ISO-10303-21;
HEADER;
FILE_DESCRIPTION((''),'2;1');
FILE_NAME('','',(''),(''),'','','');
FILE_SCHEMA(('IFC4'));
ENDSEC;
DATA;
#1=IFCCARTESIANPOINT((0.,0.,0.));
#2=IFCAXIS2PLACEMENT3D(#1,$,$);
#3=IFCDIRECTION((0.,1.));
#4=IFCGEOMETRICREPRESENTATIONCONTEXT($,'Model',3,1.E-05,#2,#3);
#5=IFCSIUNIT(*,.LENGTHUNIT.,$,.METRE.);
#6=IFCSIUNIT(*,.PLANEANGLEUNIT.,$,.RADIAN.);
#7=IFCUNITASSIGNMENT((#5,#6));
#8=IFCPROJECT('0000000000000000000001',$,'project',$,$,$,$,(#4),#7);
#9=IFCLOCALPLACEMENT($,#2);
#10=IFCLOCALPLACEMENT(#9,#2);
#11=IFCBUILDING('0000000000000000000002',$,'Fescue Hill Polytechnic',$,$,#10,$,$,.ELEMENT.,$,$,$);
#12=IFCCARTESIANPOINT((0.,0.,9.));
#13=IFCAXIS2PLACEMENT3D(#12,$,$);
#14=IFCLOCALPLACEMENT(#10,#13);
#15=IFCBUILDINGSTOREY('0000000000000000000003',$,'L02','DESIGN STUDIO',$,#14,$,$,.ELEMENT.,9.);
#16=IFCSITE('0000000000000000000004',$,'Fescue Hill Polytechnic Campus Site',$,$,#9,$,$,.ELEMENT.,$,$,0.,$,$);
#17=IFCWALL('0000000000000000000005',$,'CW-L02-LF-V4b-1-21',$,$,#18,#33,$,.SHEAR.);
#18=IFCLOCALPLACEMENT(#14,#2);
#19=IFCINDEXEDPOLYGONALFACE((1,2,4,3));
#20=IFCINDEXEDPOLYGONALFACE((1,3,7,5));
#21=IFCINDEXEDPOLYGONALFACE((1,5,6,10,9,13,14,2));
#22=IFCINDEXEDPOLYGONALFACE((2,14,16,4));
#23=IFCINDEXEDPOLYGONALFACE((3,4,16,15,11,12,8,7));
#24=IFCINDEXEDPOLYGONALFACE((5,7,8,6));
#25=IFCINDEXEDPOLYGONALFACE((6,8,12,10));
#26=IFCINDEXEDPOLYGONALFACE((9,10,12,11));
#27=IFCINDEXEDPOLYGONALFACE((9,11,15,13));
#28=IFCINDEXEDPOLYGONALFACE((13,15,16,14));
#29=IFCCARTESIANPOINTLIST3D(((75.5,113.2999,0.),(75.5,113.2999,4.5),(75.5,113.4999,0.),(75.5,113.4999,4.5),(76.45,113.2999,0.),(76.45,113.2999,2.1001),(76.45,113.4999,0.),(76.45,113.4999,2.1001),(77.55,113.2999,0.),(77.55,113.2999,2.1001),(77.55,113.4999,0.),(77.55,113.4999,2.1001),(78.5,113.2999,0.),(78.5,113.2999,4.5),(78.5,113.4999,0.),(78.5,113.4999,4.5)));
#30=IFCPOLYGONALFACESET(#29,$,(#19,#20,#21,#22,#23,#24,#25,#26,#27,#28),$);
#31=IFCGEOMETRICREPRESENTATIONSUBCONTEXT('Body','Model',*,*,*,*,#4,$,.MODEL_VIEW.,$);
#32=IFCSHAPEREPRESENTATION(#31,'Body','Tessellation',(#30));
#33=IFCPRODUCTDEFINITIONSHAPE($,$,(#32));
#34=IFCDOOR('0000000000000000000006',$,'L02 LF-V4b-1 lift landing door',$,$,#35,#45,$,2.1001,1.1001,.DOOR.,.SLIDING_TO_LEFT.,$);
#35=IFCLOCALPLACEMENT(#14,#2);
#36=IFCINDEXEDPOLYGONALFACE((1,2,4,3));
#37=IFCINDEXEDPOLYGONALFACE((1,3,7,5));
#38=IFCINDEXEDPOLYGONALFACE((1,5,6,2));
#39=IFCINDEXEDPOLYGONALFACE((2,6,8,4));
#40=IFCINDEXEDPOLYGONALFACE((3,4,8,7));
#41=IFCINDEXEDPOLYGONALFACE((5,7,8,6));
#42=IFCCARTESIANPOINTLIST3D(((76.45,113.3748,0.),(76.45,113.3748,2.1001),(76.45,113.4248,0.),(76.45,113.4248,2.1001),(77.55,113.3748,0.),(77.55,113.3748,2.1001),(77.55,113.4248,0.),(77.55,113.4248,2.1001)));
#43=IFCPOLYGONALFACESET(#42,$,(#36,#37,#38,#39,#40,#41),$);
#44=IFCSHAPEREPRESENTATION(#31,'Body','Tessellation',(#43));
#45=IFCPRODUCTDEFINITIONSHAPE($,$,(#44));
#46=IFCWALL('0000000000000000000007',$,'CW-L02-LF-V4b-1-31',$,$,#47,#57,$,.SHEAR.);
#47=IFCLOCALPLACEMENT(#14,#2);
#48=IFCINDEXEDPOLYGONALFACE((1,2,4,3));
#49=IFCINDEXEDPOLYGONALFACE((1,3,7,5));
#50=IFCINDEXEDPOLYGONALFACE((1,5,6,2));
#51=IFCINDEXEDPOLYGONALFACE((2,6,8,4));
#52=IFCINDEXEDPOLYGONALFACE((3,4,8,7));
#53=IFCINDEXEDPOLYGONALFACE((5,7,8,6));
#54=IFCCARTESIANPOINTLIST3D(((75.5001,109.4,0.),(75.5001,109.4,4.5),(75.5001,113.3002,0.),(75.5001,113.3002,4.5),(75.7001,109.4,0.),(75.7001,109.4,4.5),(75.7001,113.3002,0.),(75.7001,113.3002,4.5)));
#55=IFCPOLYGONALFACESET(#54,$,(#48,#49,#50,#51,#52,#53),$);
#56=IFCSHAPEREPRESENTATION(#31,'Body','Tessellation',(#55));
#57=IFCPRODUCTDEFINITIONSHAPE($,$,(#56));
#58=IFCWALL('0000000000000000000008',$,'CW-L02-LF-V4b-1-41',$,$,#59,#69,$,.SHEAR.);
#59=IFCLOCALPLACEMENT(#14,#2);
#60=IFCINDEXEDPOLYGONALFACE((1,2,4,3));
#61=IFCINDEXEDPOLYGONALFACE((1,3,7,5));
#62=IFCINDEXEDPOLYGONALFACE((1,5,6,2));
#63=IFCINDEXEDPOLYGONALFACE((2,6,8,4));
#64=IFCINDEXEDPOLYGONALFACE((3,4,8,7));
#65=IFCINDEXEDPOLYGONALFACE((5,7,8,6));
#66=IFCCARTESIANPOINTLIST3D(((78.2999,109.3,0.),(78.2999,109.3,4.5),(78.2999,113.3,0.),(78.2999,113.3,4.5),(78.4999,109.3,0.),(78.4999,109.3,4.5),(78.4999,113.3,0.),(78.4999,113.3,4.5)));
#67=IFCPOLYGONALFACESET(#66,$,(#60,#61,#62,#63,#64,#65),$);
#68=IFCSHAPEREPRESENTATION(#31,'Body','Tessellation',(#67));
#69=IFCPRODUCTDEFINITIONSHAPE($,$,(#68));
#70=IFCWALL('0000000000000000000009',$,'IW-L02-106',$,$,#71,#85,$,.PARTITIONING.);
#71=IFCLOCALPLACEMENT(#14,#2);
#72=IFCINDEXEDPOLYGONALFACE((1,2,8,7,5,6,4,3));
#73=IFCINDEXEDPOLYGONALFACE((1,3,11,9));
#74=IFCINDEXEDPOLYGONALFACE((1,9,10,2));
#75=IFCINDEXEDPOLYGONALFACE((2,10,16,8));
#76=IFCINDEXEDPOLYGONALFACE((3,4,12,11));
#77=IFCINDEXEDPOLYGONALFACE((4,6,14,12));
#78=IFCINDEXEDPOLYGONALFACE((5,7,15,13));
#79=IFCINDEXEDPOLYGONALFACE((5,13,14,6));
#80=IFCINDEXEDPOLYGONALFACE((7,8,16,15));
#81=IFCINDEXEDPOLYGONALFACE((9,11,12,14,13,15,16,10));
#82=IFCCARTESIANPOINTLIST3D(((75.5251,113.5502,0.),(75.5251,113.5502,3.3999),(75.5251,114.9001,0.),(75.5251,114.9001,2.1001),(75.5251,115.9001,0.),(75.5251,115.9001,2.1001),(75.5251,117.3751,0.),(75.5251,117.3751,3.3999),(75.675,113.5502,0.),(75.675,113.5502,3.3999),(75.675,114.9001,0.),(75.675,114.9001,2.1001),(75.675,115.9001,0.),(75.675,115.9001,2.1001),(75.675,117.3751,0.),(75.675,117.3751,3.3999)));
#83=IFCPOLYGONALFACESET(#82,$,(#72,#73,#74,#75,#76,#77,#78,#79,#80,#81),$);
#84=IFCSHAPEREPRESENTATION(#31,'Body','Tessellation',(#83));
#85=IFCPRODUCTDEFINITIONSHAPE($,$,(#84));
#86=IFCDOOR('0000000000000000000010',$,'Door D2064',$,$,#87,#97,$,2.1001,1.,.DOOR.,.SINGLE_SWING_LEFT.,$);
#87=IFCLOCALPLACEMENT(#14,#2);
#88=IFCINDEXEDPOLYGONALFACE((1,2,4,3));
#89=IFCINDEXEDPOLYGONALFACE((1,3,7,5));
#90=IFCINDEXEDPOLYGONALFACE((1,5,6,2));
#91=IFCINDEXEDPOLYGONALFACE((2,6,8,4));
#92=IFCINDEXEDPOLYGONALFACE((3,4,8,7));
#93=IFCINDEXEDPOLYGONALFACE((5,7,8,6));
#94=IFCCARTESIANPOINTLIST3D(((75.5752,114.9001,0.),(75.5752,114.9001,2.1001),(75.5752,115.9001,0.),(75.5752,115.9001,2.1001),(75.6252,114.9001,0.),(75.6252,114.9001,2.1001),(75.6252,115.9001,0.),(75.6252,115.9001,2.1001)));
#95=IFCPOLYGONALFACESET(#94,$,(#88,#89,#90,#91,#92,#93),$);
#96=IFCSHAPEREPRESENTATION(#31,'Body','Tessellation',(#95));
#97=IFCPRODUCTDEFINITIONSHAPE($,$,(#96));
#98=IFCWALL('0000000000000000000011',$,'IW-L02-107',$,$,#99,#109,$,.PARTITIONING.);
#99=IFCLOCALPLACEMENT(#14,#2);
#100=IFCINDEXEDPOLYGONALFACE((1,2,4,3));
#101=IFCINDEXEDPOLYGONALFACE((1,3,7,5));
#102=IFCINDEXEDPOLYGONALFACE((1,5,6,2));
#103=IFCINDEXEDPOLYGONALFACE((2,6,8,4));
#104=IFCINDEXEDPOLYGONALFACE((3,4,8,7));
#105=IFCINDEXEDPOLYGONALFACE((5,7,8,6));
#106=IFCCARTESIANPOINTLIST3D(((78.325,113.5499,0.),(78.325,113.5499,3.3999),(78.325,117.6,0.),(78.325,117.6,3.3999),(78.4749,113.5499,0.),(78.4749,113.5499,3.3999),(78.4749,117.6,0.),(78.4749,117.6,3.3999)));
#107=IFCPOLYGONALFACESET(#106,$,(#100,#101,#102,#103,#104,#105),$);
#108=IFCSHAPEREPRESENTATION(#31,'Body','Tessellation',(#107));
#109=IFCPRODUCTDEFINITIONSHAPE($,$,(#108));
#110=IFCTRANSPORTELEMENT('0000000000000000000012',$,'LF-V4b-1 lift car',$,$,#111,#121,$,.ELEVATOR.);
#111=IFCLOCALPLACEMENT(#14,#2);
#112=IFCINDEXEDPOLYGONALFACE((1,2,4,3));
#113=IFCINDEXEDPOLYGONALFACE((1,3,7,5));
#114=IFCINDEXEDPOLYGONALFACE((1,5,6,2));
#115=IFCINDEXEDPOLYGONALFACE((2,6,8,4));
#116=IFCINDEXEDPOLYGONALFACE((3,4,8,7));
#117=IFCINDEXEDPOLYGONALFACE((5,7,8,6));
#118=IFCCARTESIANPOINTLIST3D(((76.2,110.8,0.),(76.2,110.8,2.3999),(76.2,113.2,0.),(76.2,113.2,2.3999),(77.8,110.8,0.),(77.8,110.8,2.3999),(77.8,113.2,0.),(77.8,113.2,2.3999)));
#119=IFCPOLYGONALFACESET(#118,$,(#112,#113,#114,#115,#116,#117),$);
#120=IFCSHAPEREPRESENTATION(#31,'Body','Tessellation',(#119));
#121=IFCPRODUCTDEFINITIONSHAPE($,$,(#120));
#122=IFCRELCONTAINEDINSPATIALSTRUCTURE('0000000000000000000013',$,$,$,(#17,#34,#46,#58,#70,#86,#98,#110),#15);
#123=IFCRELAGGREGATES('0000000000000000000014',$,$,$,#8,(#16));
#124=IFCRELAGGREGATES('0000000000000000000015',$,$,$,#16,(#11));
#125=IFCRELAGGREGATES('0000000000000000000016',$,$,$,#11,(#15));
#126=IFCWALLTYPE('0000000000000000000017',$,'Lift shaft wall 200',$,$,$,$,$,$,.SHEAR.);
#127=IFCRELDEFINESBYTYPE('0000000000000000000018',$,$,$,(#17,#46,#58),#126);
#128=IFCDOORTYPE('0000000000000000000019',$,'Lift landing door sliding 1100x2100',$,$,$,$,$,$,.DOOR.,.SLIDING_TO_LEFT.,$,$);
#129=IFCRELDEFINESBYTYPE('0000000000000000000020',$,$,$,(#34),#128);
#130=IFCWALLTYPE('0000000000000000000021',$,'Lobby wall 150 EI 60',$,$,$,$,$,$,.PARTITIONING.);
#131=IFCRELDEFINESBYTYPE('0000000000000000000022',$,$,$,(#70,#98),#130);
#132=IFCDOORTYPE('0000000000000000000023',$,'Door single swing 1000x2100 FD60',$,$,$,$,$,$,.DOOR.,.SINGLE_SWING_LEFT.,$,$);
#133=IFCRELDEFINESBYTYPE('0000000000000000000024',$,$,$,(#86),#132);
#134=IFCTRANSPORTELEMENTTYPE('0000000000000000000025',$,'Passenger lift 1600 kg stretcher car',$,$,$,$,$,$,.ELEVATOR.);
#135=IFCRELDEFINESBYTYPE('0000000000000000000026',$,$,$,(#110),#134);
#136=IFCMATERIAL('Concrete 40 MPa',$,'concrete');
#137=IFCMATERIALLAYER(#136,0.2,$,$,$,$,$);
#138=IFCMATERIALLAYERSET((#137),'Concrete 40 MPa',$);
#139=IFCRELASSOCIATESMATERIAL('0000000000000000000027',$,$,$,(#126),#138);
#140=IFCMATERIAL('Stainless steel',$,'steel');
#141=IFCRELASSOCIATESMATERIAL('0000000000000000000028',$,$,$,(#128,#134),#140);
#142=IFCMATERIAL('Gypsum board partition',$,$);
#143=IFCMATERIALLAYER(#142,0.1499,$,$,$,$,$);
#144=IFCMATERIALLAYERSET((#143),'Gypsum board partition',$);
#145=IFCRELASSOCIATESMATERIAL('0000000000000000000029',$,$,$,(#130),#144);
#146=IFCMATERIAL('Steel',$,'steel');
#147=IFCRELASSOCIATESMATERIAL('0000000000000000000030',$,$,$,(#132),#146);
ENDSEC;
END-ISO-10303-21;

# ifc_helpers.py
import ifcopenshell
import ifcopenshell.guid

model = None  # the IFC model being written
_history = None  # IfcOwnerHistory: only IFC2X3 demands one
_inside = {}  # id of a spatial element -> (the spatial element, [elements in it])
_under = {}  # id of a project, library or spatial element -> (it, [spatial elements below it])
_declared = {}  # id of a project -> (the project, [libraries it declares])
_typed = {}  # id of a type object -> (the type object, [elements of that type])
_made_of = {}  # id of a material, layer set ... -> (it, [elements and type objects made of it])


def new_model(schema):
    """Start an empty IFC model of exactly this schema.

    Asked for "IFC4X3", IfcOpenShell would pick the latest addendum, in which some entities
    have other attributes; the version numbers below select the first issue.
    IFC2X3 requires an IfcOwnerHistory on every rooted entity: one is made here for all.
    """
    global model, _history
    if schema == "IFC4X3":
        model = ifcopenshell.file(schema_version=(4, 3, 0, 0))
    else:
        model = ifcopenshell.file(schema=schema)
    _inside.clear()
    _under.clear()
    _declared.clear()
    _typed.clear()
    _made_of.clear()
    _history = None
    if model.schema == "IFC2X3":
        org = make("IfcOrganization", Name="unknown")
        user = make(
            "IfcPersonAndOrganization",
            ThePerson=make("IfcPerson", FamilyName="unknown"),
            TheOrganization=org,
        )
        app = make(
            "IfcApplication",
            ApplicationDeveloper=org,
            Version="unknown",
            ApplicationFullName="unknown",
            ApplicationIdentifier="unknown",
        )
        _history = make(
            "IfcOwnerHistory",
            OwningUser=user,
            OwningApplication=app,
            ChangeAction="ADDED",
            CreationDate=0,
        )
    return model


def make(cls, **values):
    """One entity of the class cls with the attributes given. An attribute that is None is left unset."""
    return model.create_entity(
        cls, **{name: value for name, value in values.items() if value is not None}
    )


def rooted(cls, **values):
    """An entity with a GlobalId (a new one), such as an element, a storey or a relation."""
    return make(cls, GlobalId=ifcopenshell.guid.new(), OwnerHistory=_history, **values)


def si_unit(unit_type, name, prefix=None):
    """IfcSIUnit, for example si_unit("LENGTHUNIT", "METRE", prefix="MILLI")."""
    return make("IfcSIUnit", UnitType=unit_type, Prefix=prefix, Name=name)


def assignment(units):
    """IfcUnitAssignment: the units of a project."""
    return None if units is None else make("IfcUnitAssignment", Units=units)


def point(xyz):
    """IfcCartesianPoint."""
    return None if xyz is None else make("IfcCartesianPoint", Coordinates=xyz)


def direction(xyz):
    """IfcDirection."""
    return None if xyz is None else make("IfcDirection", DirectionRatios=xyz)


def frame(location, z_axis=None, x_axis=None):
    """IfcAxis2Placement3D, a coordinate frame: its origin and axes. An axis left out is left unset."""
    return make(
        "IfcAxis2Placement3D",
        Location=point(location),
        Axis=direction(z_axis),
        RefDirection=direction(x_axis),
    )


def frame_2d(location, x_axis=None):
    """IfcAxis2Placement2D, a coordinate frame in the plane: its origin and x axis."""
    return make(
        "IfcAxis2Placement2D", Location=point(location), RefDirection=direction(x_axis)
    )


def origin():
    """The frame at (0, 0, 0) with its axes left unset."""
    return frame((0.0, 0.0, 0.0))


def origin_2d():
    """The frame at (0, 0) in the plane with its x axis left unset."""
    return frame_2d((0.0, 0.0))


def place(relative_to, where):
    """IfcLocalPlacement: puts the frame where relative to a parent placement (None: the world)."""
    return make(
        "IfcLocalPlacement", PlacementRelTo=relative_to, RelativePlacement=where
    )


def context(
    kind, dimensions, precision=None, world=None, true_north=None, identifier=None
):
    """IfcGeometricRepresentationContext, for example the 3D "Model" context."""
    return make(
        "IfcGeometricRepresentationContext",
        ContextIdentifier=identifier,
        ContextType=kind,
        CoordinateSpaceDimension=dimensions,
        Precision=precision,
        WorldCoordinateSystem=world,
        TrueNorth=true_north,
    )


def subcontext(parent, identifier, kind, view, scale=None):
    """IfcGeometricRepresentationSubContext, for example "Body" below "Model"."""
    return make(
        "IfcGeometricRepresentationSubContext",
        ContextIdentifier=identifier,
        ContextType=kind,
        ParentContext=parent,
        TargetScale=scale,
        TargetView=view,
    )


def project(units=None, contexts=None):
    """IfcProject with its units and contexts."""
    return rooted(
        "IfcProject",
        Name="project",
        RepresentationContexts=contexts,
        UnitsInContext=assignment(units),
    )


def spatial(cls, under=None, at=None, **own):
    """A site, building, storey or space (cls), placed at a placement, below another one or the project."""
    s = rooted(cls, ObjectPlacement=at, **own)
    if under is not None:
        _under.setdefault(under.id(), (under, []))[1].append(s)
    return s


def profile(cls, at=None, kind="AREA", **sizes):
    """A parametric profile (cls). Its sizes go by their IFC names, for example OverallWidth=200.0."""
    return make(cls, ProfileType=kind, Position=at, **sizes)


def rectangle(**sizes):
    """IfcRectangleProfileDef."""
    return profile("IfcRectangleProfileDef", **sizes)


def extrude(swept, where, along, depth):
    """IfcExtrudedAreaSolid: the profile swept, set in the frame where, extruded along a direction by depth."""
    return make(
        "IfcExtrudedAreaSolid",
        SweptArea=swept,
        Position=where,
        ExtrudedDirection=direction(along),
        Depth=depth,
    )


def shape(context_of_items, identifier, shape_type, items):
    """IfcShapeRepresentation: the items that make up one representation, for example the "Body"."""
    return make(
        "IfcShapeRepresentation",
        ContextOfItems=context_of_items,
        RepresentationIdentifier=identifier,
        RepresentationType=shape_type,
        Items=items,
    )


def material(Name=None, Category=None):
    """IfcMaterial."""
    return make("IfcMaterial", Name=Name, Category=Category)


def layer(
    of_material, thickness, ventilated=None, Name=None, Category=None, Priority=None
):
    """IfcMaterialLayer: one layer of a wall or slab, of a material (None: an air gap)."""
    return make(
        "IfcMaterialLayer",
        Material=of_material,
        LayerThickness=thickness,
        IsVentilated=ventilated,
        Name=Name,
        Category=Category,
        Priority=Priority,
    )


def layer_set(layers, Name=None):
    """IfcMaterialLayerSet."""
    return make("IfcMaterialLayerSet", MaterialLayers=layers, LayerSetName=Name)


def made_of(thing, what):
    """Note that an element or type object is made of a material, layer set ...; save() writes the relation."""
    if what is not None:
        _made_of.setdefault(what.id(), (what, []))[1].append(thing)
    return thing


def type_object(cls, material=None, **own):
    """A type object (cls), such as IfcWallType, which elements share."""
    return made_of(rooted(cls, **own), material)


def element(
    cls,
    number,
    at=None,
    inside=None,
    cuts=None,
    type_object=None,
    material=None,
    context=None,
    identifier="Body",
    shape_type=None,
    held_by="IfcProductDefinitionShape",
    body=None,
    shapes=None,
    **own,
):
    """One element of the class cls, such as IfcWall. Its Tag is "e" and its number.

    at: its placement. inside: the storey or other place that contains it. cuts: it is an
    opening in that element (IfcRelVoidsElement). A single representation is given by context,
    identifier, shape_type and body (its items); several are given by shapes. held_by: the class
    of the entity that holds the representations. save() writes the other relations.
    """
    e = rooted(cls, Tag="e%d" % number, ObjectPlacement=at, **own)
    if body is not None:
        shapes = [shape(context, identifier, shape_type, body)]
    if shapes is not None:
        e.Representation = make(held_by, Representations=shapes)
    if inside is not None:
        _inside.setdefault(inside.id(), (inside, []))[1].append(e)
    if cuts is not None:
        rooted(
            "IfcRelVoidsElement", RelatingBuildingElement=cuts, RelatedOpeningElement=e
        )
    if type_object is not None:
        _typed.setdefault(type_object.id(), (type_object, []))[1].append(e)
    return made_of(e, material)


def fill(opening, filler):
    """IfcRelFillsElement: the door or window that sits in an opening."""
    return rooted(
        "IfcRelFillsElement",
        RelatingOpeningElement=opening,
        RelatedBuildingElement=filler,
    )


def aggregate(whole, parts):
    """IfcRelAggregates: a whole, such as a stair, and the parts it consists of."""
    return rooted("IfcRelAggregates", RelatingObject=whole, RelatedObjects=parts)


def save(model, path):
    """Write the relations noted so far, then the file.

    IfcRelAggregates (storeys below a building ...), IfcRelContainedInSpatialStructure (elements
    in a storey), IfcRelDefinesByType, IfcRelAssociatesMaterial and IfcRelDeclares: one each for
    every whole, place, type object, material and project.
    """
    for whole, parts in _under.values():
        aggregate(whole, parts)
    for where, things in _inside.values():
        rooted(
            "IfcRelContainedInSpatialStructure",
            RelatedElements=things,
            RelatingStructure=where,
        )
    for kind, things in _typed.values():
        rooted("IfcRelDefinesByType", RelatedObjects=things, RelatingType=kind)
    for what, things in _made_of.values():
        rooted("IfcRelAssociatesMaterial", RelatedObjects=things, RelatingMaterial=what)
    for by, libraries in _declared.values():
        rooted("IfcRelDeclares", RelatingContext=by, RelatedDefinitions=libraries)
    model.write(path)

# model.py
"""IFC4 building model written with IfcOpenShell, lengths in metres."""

from ifc_helpers import new_model, si_unit, direction, frame, frame_2d, origin, origin_2d, place, context, subcontext, project, spatial, rectangle, extrude, material, layer, layer_set, type_object, element, fill, save


model = new_model("IFC4")

# Units and contexts
model_context = context("Model", 3, precision=1e-05, world=origin(), true_north=direction((0.0, 1.0)))
body_context = subcontext(model_context, "Body", "Model", "MODEL_VIEW")
ifc_project = project(units=[si_unit("LENGTHUNIT", "METRE"), si_unit("PLANEANGLEUNIT", "RADIAN")], contexts=[model_context])

# Site, building, storey
site_placement = place(None, origin())
site = spatial("IfcSite", under=ifc_project, at=site_placement, Name="Fescue Hill Polytechnic Campus Site", CompositionType="ELEMENT", RefElevation=0.0)
building_placement = place(site_placement, origin())
building = spatial("IfcBuilding", under=site, at=building_placement, Name="Fescue Hill Polytechnic", CompositionType="ELEMENT")
storey_placement = place(building_placement, frame((0.0, 0.0, 9.0)))
storey = spatial("IfcBuildingStorey", under=building, at=storey_placement, Name="L02", Description="DESIGN STUDIO", CompositionType="ELEMENT", Elevation=9.0)

# Shared definitions
ifc_material_1 = material(Name="Concrete 40 MPa", Category="concrete")

# Shared definitions
ifc_material_2 = material(Name="Gypsum board partition")

# Wall, opening, door
ifc_layer_1 = layer(ifc_material_1, 0.2)
ifc_layer_set_1 = layer_set([ifc_layer_1], Name="Concrete 40 MPa")
wall_type_1 = type_object("IfcWallType", Name="Lift shaft wall 200", PredefinedType="SHEAR", material=ifc_layer_set_1)
wall_1_placement = place(storey_placement, frame((75.5, 113.3999, 0.0), z_axis=(0.0, 0.0, 1.0), x_axis=(1.0, 0.0, 0.0)))
wall_1 = element("IfcWall", 1, at=wall_1_placement, inside=storey, type_object=wall_type_1, Name="CW-L02-LF-V4b-1-21", PredefinedType="SHEAR", context=body_context, shape_type="SweptSolid", body=[
    extrude(rectangle(XDim=3.0, YDim=0.2, at=frame_2d((1.5, 0.0))), origin(), (0.0, 0.0, 1.0), 4.5),
])
opening_1_placement = place(wall_1_placement, frame((0.95, 0.0, 0.0)))
opening_1 = element("IfcOpeningElement", 2, at=opening_1_placement, cuts=wall_1, PredefinedType="OPENING", context=body_context, shape_type="SweptSolid", body=[
    extrude(rectangle(XDim=1.1001, YDim=2.1001, at=frame_2d((0.55, 1.05))), frame((0.0, 0.1099, 0.0), z_axis=(0.0, -1.0, 0.0), x_axis=(1.0, 0.0, 0.0)), (0.0, 0.0, 1.0), 0.22),
])
ifc_material_3 = material(Name="Stainless steel", Category="steel")
door_type_1 = type_object("IfcDoorType", Name="Lift landing door sliding 1100x2100", OperationType="SLIDING_TO_LEFT", PredefinedType="DOOR", material=ifc_material_3)
door_1_placement = place(opening_1_placement, origin())
door_1 = element("IfcDoor", 3, at=door_1_placement, inside=storey, type_object=door_type_1, Name="L02 LF-V4b-1 lift landing door", OperationType="SLIDING_TO_LEFT", OverallHeight=2.1001, OverallWidth=1.1001, PredefinedType="DOOR", context=body_context, shape_type="SweptSolid", body=[
    extrude(rectangle(XDim=1.1001, YDim=2.1001, at=frame_2d((0.55, 1.05))), frame((0.0, 0.0249, 0.0), z_axis=(0.0, -1.0, 0.0), x_axis=(1.0, 0.0, 0.0)), (0.0, 0.0, 1.0), 0.05),
])
fill(opening_1, door_1)

# Walls
wall_2_placement = place(storey_placement, frame((75.6001, 109.3999, 0.0), z_axis=(0.0, 0.0, 1.0), x_axis=(0.0, 1.0, 0.0)))
element("IfcWall", 4, at=wall_2_placement, inside=storey, type_object=wall_type_1, Name="CW-L02-LF-V4b-1-31", PredefinedType="SHEAR", context=body_context, shape_type="SweptSolid", body=[
    extrude(rectangle(XDim=3.9001, YDim=0.2, at=frame_2d((1.9502, 0.0))), origin(), (0.0, 0.0, 1.0), 4.5),
])
wall_3_placement = place(storey_placement, frame((78.3999, 109.3, 0.0), z_axis=(0.0, 0.0, 1.0), x_axis=(0.0, 1.0, 0.0)))
element("IfcWall", 5, at=wall_3_placement, inside=storey, type_object=wall_type_1, Name="CW-L02-LF-V4b-1-41", PredefinedType="SHEAR", context=body_context, shape_type="SweptSolid", body=[
    extrude(rectangle(XDim=4.0, YDim=0.2, at=frame_2d((2.0, 0.0))), origin(), (0.0, 0.0, 1.0), 4.5),
])

# Wall, opening, door
ifc_layer_2 = layer(ifc_material_2, 0.1499)
ifc_layer_set_2 = layer_set([ifc_layer_2], Name="Gypsum board partition")
wall_type_2 = type_object("IfcWallType", Name="Lobby wall 150 EI 60", PredefinedType="PARTITIONING", material=ifc_layer_set_2)
wall_4_placement = place(storey_placement, frame((75.6001, 113.55, 0.0), z_axis=(0.0, 0.0, 1.0), x_axis=(0.0, 1.0, 0.0)))
wall_4 = element("IfcWall", 6, at=wall_4_placement, inside=storey, type_object=wall_type_2, Name="IW-L02-106", PredefinedType="PARTITIONING", context=body_context, shape_type="SweptSolid", body=[
    extrude(rectangle(XDim=3.825, YDim=0.1499, at=frame_2d((1.9126, 0.0))), origin(), (0.0, 0.0, 1.0), 3.3999),
])
opening_2_placement = place(wall_4_placement, frame((1.3501, 0.0, 0.0)))
opening_2 = element("IfcOpeningElement", 7, at=opening_2_placement, cuts=wall_4, PredefinedType="OPENING", context=body_context, shape_type="SweptSolid", body=[
    extrude(rectangle(XDim=1.0, YDim=2.1001, at=frame_2d((0.5, 1.05))), frame((0.0, 0.085, 0.0), z_axis=(0.0, -1.0, 0.0), x_axis=(1.0, 0.0, 0.0)), (0.0, 0.0, 1.0), 0.1699),
])
ifc_material_4 = material(Name="Steel", Category="steel")
door_type_2 = type_object("IfcDoorType", Name="Door single swing 1000x2100 FD60", OperationType="SINGLE_SWING_LEFT", PredefinedType="DOOR", material=ifc_material_4)
door_2_placement = place(opening_2_placement, origin())
door_2 = element("IfcDoor", 8, at=door_2_placement, inside=storey, type_object=door_type_2, Name="Door D2064", OperationType="SINGLE_SWING_LEFT", OverallHeight=2.1001, OverallWidth=1.0, PredefinedType="DOOR", context=body_context, shape_type="SweptSolid", body=[
    extrude(rectangle(XDim=1.0, YDim=2.1001, at=frame_2d((0.5, 1.05))), frame((0.0, 0.0249, 0.0), z_axis=(0.0, -1.0, 0.0), x_axis=(1.0, 0.0, 0.0)), (0.0, 0.0, 1.0), 0.05),
])
fill(opening_2, door_2)

# Wall
wall_5_placement = place(storey_placement, frame((78.3999, 113.55, 0.0), z_axis=(0.0, 0.0, 1.0), x_axis=(0.0, 1.0, 0.0)))
element("IfcWall", 9, at=wall_5_placement, inside=storey, type_object=wall_type_2, Name="IW-L02-107", PredefinedType="PARTITIONING", context=body_context, shape_type="SweptSolid", body=[
    extrude(rectangle(XDim=4.05, YDim=0.1499, at=frame_2d((2.0249, 0.0))), origin(), (0.0, 0.0, 1.0), 3.3999),
])

# Transport element
transport_element_type = type_object("IfcTransportElementType", Name="Passenger lift 1600 kg stretcher car", PredefinedType="ELEVATOR", material=ifc_material_3)
transport_element_placement = place(storey_placement, frame((77.0, 112.0, 0.0), z_axis=(0.0, 0.0, 1.0), x_axis=(1.0, 0.0, 0.0)))
element("IfcTransportElement", 10, at=transport_element_placement, inside=storey, type_object=transport_element_type, Name="LF-V4b-1 lift car", PredefinedType="ELEVATOR", context=body_context, shape_type="SweptSolid", body=[
    extrude(rectangle(XDim=1.6001, YDim=2.3999, at=origin_2d()), origin(), (0.0, 0.0, 1.0), 2.3999),
])

save(model, "model.ifc")
